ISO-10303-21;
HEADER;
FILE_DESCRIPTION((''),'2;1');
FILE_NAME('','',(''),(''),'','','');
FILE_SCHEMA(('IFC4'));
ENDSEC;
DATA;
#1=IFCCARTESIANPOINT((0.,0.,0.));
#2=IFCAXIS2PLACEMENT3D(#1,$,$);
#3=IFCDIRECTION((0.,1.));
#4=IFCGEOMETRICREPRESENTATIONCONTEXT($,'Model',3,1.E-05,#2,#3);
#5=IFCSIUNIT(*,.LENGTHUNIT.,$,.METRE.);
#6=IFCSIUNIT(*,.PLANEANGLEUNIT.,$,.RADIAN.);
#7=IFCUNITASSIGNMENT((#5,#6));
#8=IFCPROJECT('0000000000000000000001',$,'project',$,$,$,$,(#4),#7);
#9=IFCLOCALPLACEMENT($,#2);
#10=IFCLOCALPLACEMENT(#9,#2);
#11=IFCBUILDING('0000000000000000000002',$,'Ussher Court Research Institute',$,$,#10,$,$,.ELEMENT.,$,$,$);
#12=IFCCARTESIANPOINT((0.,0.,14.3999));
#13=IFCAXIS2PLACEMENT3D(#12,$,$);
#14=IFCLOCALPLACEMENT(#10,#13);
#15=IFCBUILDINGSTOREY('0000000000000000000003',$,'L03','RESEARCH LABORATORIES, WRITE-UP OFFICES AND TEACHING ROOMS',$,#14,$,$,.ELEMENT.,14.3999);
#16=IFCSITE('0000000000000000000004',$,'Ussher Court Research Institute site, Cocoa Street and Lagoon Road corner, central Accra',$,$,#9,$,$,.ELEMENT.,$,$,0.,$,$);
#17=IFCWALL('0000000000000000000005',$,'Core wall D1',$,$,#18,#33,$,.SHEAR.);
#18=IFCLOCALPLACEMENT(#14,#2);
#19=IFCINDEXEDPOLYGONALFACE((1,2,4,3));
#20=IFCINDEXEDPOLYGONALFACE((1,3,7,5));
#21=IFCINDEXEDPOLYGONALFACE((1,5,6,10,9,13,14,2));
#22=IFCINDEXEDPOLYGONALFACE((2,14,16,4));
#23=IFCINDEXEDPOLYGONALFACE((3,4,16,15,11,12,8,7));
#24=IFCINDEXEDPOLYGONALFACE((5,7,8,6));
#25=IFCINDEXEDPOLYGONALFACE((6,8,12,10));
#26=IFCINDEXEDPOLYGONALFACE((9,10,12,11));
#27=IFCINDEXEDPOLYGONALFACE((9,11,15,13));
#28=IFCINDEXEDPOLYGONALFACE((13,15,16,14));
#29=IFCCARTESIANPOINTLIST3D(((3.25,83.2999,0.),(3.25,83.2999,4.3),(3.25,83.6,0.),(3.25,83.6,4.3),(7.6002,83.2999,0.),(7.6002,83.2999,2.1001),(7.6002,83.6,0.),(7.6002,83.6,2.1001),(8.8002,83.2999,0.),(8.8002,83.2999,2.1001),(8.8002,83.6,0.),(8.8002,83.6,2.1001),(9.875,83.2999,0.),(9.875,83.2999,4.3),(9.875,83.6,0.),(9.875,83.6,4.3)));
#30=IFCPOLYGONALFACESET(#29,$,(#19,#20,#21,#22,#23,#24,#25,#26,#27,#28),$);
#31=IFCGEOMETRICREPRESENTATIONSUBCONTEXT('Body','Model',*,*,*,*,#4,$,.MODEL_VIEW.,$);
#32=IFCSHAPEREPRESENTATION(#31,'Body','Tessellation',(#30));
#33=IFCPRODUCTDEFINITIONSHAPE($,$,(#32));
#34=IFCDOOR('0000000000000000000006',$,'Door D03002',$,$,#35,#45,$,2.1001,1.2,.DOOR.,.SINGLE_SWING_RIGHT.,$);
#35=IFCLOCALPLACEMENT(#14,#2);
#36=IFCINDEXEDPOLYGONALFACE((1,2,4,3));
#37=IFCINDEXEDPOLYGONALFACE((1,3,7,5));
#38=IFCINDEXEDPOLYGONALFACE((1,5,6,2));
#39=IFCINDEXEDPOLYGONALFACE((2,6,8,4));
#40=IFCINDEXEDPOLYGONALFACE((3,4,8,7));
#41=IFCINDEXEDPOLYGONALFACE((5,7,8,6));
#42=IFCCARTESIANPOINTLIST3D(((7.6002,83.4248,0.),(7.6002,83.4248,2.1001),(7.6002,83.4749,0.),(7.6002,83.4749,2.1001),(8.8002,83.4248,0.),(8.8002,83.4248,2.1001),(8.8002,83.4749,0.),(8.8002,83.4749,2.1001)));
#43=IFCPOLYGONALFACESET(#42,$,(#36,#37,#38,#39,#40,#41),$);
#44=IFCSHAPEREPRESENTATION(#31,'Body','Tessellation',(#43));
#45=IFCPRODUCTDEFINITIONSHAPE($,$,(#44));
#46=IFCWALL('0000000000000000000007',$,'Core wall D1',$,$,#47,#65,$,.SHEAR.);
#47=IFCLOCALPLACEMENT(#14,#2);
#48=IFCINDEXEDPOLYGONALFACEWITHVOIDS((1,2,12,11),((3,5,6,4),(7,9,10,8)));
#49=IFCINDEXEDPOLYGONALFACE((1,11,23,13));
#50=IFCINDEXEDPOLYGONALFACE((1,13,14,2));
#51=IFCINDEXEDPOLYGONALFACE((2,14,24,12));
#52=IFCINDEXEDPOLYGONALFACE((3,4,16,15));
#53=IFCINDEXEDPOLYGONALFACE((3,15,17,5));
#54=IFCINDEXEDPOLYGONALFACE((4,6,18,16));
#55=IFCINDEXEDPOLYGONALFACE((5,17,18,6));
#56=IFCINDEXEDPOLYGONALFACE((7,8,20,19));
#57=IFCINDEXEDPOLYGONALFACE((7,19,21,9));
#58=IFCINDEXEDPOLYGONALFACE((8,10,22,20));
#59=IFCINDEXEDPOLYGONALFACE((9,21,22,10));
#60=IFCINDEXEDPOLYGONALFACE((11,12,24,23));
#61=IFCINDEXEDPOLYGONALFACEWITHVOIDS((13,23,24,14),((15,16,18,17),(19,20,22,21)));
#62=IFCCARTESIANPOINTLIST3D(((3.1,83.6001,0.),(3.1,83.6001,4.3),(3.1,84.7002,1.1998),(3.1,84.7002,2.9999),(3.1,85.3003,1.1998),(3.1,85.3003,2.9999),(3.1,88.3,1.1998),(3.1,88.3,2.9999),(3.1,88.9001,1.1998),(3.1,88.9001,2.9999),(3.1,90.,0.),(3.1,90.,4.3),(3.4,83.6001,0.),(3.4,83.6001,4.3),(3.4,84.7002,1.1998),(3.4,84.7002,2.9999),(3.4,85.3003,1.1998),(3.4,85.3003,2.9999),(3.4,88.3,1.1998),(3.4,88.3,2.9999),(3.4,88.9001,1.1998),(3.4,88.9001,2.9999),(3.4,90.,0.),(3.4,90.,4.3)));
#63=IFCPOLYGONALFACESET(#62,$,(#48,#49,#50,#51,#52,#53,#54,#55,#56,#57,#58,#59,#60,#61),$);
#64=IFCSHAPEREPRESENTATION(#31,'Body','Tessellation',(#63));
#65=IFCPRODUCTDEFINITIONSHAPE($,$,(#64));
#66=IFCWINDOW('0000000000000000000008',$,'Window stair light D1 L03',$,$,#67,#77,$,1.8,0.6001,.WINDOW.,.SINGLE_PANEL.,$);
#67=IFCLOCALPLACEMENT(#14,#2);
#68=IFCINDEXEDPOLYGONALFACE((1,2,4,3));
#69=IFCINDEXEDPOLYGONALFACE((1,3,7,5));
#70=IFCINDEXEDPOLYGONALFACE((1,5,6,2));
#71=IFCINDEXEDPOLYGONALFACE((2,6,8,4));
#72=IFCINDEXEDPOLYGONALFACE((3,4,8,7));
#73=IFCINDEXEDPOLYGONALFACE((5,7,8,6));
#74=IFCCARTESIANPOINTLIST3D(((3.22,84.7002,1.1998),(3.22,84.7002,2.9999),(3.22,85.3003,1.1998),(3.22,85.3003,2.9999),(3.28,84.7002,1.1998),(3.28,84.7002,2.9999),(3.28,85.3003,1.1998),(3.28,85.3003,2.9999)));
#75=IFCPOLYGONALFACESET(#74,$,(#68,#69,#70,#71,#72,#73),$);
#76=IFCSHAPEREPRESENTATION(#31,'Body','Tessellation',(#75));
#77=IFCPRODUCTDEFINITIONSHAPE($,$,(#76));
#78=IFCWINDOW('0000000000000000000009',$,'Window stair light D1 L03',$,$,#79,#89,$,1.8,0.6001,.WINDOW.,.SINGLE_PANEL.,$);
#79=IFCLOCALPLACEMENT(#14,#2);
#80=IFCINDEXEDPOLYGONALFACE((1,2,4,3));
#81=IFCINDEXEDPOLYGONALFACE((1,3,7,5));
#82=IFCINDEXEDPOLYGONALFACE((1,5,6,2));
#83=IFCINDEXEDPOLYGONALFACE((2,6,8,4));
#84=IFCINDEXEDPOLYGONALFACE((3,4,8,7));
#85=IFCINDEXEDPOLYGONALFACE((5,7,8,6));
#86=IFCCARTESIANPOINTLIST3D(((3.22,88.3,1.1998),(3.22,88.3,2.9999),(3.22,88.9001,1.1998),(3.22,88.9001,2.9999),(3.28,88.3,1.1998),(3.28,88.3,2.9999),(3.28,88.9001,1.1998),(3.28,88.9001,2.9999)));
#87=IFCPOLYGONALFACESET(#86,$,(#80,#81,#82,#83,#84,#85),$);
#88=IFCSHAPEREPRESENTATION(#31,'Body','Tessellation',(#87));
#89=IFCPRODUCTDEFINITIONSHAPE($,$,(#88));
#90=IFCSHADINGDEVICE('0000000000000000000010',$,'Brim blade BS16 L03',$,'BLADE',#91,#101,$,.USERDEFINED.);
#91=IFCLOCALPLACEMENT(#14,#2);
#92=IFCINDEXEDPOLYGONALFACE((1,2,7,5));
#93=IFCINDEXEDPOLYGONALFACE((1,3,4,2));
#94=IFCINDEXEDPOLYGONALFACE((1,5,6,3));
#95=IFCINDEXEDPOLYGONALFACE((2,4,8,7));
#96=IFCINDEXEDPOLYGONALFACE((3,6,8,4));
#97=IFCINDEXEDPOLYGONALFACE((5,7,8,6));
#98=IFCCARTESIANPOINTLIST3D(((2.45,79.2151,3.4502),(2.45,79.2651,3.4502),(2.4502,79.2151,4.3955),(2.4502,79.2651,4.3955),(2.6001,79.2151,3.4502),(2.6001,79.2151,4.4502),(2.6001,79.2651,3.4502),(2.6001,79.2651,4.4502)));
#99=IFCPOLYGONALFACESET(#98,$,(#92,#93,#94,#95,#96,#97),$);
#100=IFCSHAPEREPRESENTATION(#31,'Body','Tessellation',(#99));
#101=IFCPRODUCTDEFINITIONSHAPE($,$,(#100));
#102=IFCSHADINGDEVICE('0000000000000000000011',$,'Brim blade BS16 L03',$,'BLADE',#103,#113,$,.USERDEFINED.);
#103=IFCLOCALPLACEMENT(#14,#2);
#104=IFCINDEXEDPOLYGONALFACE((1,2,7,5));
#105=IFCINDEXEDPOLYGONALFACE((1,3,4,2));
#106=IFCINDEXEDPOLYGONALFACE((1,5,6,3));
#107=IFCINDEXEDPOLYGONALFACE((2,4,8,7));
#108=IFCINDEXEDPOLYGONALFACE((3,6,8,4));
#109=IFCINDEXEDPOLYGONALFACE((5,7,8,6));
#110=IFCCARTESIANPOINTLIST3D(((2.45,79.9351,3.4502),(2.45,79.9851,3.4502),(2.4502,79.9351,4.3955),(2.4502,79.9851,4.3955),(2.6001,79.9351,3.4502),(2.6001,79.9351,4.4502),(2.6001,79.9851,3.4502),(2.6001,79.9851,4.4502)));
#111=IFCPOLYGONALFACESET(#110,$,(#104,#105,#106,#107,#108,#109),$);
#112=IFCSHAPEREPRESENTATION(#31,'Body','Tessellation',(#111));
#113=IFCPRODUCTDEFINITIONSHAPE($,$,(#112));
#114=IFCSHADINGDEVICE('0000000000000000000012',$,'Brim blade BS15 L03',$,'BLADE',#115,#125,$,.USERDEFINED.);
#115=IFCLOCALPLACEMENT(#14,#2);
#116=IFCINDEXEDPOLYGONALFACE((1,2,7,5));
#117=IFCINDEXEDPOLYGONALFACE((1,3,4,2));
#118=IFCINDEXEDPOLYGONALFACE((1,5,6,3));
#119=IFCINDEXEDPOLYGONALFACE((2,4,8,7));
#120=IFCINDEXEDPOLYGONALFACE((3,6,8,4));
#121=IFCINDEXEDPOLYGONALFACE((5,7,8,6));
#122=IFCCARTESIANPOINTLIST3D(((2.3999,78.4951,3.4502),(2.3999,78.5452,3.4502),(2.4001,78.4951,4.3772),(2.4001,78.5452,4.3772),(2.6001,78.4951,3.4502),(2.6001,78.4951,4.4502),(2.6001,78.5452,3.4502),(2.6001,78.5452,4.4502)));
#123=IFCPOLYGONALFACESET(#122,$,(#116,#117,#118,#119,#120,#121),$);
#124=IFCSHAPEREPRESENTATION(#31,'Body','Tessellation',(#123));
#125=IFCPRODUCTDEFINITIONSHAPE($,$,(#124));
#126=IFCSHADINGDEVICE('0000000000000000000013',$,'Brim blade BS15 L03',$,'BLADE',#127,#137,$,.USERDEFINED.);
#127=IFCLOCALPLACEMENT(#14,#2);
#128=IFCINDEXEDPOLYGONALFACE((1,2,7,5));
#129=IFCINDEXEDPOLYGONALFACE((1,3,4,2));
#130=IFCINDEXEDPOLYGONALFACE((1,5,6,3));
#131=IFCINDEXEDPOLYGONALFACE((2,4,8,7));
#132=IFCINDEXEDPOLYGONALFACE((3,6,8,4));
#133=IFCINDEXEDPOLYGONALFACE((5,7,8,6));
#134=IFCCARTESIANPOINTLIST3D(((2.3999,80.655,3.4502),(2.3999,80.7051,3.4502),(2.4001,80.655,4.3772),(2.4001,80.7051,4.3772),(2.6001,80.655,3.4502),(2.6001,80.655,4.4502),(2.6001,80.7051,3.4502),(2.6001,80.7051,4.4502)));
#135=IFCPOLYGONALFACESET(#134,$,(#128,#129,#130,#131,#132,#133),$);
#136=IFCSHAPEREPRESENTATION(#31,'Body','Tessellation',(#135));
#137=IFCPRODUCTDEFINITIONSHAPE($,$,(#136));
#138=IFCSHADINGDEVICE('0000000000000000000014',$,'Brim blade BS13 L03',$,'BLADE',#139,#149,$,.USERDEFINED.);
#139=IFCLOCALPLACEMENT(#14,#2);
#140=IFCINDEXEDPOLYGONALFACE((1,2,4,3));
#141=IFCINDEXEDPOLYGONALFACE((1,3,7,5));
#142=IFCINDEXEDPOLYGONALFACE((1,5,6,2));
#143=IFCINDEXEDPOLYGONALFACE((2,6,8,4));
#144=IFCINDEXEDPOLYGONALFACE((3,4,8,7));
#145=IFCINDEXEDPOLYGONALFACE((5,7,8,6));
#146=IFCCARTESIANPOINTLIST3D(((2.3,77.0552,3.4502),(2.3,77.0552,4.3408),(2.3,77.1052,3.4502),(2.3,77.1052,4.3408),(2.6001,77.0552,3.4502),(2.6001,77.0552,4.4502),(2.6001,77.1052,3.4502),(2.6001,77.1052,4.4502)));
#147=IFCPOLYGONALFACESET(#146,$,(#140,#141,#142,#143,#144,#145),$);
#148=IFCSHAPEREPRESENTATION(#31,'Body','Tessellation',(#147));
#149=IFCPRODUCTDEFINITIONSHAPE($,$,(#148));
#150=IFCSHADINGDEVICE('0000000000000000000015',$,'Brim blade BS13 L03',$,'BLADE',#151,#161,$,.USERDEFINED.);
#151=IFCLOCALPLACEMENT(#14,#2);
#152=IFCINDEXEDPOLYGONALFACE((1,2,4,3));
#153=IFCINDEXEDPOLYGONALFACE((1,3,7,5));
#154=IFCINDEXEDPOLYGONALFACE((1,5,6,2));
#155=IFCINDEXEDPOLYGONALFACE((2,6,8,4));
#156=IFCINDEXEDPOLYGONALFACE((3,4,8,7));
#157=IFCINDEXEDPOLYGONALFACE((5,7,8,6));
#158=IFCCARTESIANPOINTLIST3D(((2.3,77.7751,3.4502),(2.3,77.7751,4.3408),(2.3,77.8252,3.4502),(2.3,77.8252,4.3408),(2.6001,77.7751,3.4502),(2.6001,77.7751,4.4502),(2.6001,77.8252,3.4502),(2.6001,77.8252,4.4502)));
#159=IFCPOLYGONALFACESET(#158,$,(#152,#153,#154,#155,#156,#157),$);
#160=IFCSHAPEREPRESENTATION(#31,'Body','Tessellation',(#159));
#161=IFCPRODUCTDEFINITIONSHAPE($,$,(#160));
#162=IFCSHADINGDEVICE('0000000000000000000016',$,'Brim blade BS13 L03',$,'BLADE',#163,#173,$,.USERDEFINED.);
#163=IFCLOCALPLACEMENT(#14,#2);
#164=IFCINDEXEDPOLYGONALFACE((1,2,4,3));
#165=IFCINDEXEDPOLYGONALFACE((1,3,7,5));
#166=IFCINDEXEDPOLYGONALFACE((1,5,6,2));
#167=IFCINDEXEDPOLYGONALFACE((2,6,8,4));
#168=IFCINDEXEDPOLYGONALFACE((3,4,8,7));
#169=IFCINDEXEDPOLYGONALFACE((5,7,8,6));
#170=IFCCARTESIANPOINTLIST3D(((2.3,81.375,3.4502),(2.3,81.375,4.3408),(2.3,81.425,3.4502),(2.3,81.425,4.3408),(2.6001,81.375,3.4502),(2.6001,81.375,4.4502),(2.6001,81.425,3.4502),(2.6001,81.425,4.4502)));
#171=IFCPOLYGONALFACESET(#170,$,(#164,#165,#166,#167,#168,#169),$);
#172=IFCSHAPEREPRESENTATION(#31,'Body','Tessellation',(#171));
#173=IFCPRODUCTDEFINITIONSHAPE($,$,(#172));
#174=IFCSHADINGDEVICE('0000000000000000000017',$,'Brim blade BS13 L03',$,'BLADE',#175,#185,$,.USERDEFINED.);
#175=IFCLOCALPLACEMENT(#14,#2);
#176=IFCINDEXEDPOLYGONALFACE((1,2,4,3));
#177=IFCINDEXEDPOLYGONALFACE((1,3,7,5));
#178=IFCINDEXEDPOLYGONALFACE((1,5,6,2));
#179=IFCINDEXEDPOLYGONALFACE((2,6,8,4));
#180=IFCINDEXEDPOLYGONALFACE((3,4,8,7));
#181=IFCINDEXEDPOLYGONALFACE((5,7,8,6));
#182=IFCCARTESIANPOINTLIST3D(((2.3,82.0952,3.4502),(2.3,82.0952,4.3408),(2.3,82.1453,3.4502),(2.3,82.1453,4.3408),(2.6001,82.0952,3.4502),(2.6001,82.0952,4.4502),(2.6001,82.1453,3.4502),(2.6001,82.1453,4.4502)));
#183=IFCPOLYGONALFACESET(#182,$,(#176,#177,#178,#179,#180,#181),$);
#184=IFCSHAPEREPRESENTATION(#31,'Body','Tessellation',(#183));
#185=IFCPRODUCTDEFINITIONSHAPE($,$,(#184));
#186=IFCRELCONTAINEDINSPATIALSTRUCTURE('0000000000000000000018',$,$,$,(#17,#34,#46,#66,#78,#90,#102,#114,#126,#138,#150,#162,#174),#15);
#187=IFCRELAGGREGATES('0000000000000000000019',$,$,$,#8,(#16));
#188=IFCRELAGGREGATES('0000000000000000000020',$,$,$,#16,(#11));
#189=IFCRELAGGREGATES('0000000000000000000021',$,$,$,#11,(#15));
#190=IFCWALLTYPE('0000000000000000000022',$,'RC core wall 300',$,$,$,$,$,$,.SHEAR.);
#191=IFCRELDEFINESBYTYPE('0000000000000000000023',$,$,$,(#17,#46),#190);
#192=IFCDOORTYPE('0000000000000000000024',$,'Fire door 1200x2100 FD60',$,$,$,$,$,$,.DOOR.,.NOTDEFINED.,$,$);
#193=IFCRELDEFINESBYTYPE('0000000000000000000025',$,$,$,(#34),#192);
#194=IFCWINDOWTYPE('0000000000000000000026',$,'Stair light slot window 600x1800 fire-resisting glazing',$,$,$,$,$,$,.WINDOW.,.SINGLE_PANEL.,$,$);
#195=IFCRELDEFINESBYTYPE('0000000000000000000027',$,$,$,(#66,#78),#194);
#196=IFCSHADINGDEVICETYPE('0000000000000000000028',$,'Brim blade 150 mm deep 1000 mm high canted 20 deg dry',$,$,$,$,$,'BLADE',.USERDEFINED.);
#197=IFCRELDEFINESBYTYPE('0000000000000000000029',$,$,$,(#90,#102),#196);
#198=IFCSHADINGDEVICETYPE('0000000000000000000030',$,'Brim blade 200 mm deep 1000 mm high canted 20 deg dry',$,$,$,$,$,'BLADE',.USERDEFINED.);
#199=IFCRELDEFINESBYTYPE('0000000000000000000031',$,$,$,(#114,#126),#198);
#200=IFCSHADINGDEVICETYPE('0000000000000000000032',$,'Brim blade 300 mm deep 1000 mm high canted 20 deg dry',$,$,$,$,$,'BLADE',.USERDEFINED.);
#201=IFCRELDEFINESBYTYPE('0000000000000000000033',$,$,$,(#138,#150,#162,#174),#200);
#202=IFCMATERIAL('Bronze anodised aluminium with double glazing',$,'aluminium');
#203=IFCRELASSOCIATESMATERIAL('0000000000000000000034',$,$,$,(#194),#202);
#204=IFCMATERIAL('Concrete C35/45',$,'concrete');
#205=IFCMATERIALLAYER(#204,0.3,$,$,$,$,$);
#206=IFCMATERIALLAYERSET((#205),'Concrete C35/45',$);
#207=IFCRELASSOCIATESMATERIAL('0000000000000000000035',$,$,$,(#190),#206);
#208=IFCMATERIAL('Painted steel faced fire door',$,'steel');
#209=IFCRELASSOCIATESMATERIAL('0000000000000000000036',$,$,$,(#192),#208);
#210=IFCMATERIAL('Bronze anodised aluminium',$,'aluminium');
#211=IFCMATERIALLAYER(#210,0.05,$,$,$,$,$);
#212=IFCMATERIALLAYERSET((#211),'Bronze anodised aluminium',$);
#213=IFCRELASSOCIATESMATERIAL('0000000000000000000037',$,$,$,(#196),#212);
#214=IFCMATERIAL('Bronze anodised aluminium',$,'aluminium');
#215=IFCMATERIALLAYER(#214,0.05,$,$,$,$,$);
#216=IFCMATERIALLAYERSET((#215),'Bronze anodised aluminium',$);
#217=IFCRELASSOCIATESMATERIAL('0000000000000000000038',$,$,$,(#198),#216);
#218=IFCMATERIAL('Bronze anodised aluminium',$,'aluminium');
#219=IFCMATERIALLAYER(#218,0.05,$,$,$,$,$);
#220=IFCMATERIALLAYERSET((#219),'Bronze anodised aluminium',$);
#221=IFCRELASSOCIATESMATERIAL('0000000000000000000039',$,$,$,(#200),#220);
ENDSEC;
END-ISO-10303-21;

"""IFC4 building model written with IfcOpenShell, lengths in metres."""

from ifc_helpers import new_model, si_unit, direction, frame, frame_2d, origin, place, context, subcontext, project, spatial, polyline, rectangle, outline, extrude, material, layer, layer_set, type_object, element, fill, save


model = new_model("IFC4")

# Units and contexts
model_context = context("Model", 3, precision=1e-05, world=origin(), true_north=direction((0.0, 1.0)))
body_context = subcontext(model_context, "Body", "Model", "MODEL_VIEW")
ifc_project = project(units=[si_unit("LENGTHUNIT", "METRE"), si_unit("PLANEANGLEUNIT", "RADIAN")], contexts=[model_context])

# Site, building, storey
site_placement = place(None, origin())
site = spatial("IfcSite", under=ifc_project, at=site_placement, Name="Ussher Court Research Institute site, Cocoa Street and Lagoon Road corner, central Accra", CompositionType="ELEMENT", RefElevation=0.0)
building_placement = place(site_placement, origin())
building = spatial("IfcBuilding", under=site, at=building_placement, Name="Ussher Court Research Institute", CompositionType="ELEMENT")
storey_placement = place(building_placement, frame((0.0, 0.0, 14.3999)))
storey = spatial("IfcBuildingStorey", under=building, at=storey_placement, Name="L03", Description="RESEARCH LABORATORIES, WRITE-UP OFFICES AND TEACHING ROOMS", CompositionType="ELEMENT", Elevation=14.3999)

# Shared definitions
ifc_material_1 = material(Name="Bronze anodised aluminium with double glazing", Category="aluminium")
window_type_1 = type_object("IfcWindowType", Name="Stair light slot window 600x1800 fire-resisting glazing", PartitioningType="SINGLE_PANEL", PredefinedType="WINDOW", material=ifc_material_1)

# Wall, opening, door
ifc_material_2 = material(Name="Concrete C35/45", Category="concrete")
ifc_layer_1 = layer(ifc_material_2, 0.3)
ifc_layer_set_1 = layer_set([ifc_layer_1], Name="Concrete C35/45")
wall_type_1 = type_object("IfcWallType", Name="RC core wall 300", PredefinedType="SHEAR", material=ifc_layer_set_1)
wall_1_placement = place(storey_placement, frame((3.25, 83.45, 0.0), z_axis=(0.0, 0.0, 1.0), x_axis=(1.0, 0.0, 0.0)))
wall_1 = element("IfcWall", 1, at=wall_1_placement, inside=storey, type_object=wall_type_1, Name="Core wall D1", PredefinedType="SHEAR", context=body_context, shape_type="SweptSolid", body=[
    extrude(rectangle(XDim=6.625, YDim=0.3, at=frame_2d((3.3125, 0.0))), origin(), (0.0, 0.0, 1.0), 4.3),
])
opening_1_placement = place(wall_1_placement, frame((4.3501, 0.0, 0.0)))
opening_1 = element("IfcOpeningElement", 2, at=opening_1_placement, cuts=wall_1, PredefinedType="OPENING", context=body_context, shape_type="SweptSolid", body=[
    extrude(rectangle(XDim=1.2, YDim=2.1001, at=frame_2d((0.6001, 1.05))), frame((0.0, 0.1602, 0.0), z_axis=(0.0, -1.0, 0.0), x_axis=(1.0, 0.0, 0.0)), (0.0, 0.0, 1.0), 0.3201),
])
ifc_material_3 = material(Name="Painted steel faced fire door", Category="steel")
door_type = type_object("IfcDoorType", Name="Fire door 1200x2100 FD60", OperationType="NOTDEFINED", PredefinedType="DOOR", material=ifc_material_3)
door_placement = place(opening_1_placement, origin())
door = element("IfcDoor", 3, at=door_placement, inside=storey, type_object=door_type, Name="Door D03002", OperationType="SINGLE_SWING_RIGHT", OverallHeight=2.1001, OverallWidth=1.2, PredefinedType="DOOR", context=body_context, shape_type="SweptSolid", body=[
    extrude(rectangle(XDim=1.2, YDim=2.1001, at=frame_2d((0.6001, 1.05))), frame((0.0, 0.0249, 0.0), z_axis=(0.0, -1.0, 0.0), x_axis=(1.0, 0.0, 0.0)), (0.0, 0.0, 1.0), 0.05),
])
fill(opening_1, door)

# Wall, openings, windows
wall_2_placement = place(storey_placement, frame((3.25, 83.6001, 0.0), z_axis=(0.0, 0.0, 1.0), x_axis=(0.0, 1.0, 0.0)))
wall_2 = element("IfcWall", 4, at=wall_2_placement, inside=storey, type_object=wall_type_1, Name="Core wall D1", PredefinedType="SHEAR", context=body_context, shape_type="SweptSolid", body=[
    extrude(rectangle(XDim=6.3999, YDim=0.3, at=frame_2d((3.2, 0.0))), origin(), (0.0, 0.0, 1.0), 4.3),
])
opening_2_placement = place(wall_2_placement, frame((1.1001, 0.0, 1.2)))
opening_2 = element("IfcOpeningElement", 5, at=opening_2_placement, cuts=wall_2, PredefinedType="OPENING", context=body_context, shape_type="SweptSolid", body=[
    extrude(rectangle(XDim=0.6001, YDim=1.8, at=frame_2d((0.3, 0.8999))), frame((0.0, 0.1602, 0.0), z_axis=(0.0, -1.0, 0.0), x_axis=(1.0, 0.0, 0.0)), (0.0, 0.0, 1.0), 0.3201),
])
opening_3_placement = place(wall_2_placement, frame((4.7, 0.0, 1.2)))
opening_3 = element("IfcOpeningElement", 6, at=opening_3_placement, cuts=wall_2, PredefinedType="OPENING", context=body_context, shape_type="SweptSolid", body=[
    extrude(rectangle(XDim=0.6001, YDim=1.8, at=frame_2d((0.3, 0.8999))), frame((0.0, 0.1602, 0.0), z_axis=(0.0, -1.0, 0.0), x_axis=(1.0, 0.0, 0.0)), (0.0, 0.0, 1.0), 0.3201),
])
window_1_placement = place(opening_2_placement, origin())
window_1 = element("IfcWindow", 7, at=window_1_placement, inside=storey, type_object=window_type_1, Name="Window stair light D1 L03", OverallHeight=1.8, OverallWidth=0.6001, PartitioningType="SINGLE_PANEL", PredefinedType="WINDOW", context=body_context, shape_type="SweptSolid", body=[
    extrude(rectangle(XDim=0.6001, YDim=1.8, at=frame_2d((0.3, 0.8999))), frame((0.0, 0.03, 0.0), z_axis=(0.0, -1.0, 0.0), x_axis=(1.0, 0.0, 0.0)), (0.0, 0.0, 1.0), 0.0601),
])
fill(opening_2, window_1)
window_2_placement = place(opening_3_placement, origin())
window_2 = element("IfcWindow", 8, at=window_2_placement, inside=storey, type_object=window_type_1, Name="Window stair light D1 L03", OverallHeight=1.8, OverallWidth=0.6001, PartitioningType="SINGLE_PANEL", PredefinedType="WINDOW", context=body_context, shape_type="SweptSolid", body=[
    extrude(rectangle(XDim=0.6001, YDim=1.8, at=frame_2d((0.3, 0.8999))), frame((0.0, 0.03, 0.0), z_axis=(0.0, -1.0, 0.0), x_axis=(1.0, 0.0, 0.0)), (0.0, 0.0, 1.0), 0.0601),
])
fill(opening_3, window_2)

# Shading devices
ifc_material_4 = material(Name="Bronze anodised aluminium", Category="aluminium")
ifc_layer_2 = layer(ifc_material_4, 0.05)
ifc_layer_set_2 = layer_set([ifc_layer_2], Name="Bronze anodised aluminium")
shading_device_type_1 = type_object("IfcShadingDeviceType", Name="Brim blade 150 mm deep 1000 mm high canted 20 deg dry", ElementType="BLADE", PredefinedType="USERDEFINED", material=ifc_layer_set_2)
for number, where, z_axis, x_axis, name in (
    (9, (2.6001, 79.24, 3.4502), (0.0, 0.0, 1.0), (-1.0, 0.0, 0.0), "Brim blade BS16 L03"),
    (10, (2.6001, 79.96, 3.4502), (0.0, 0.0, 1.0), (-1.0, 0.0, 0.0), "Brim blade BS16 L03"),
):
    element("IfcShadingDevice", number, at=place(storey_placement, frame(where, z_axis=z_axis, x_axis=x_axis)), inside=storey, type_object=shading_device_type_1, Name=name, ObjectType="BLADE", PredefinedType="USERDEFINED", context=body_context, shape_type="SweptSolid", body=[
        extrude(outline(polyline([(0.0, 0.0), (0.1501, 0.0), (0.1499, 0.9453), (0.0, 1.0), (0.0, 0.0)])), frame((0.0, 0.0249, 0.0), z_axis=(0.0, -1.0, 0.0), x_axis=(1.0, 0.0, 0.0)), (0.0, 0.0, 1.0), 0.05),
    ])
ifc_material_5 = material(Name="Bronze anodised aluminium", Category="aluminium")
ifc_layer_3 = layer(ifc_material_5, 0.05)
ifc_layer_set_3 = layer_set([ifc_layer_3], Name="Bronze anodised aluminium")
shading_device_type_2 = type_object("IfcShadingDeviceType", Name="Brim blade 200 mm deep 1000 mm high canted 20 deg dry", ElementType="BLADE", PredefinedType="USERDEFINED", material=ifc_layer_set_3)
for number, where, z_axis, x_axis, name in (
    (11, (2.6001, 78.52, 3.4502), (0.0, 0.0, 1.0), (-1.0, 0.0, 0.0), "Brim blade BS15 L03"),
    (12, (2.6001, 80.6799, 3.4502), (0.0, 0.0, 1.0), (-1.0, 0.0, 0.0), "Brim blade BS15 L03"),
):
    element("IfcShadingDevice", number, at=place(storey_placement, frame(where, z_axis=z_axis, x_axis=x_axis)), inside=storey, type_object=shading_device_type_2, Name=name, ObjectType="BLADE", PredefinedType="USERDEFINED", context=body_context, shape_type="SweptSolid", body=[
        extrude(outline(polyline([(0.0, 0.0), (0.2002, 0.0), (0.2, 0.927), (0.0, 1.0), (0.0, 0.0)])), frame((0.0, 0.0249, 0.0), z_axis=(0.0, -1.0, 0.0), x_axis=(1.0, 0.0, 0.0)), (0.0, 0.0, 1.0), 0.05),
    ])
ifc_material_6 = material(Name="Bronze anodised aluminium", Category="aluminium")
ifc_layer_4 = layer(ifc_material_6, 0.05)
ifc_layer_set_4 = layer_set([ifc_layer_4], Name="Bronze anodised aluminium")
shading_device_type_3 = type_object("IfcShadingDeviceType", Name="Brim blade 300 mm deep 1000 mm high canted 20 deg dry", ElementType="BLADE", PredefinedType="USERDEFINED", material=ifc_layer_set_4)
for number, where, z_axis, x_axis, name in (
    (13, (2.6001, 77.0801, 3.4502), (0.0, 0.0, 1.0), (-1.0, 0.0, 0.0), "Brim blade BS13 L03"),
    (14, (2.6001, 77.8, 3.4502), (0.0, 0.0, 1.0), (-1.0, 0.0, 0.0), "Brim blade BS13 L03"),
    (15, (2.6001, 81.3999, 3.4502), (0.0, 0.0, 1.0), (-1.0, 0.0, 0.0), "Brim blade BS13 L03"),
    (16, (2.6001, 82.1201, 3.4502), (0.0, 0.0, 1.0), (-1.0, 0.0, 0.0), "Brim blade BS13 L03"),
):
    element("IfcShadingDevice", number, at=place(storey_placement, frame(where, z_axis=z_axis, x_axis=x_axis)), inside=storey, type_object=shading_device_type_3, Name=name, ObjectType="BLADE", PredefinedType="USERDEFINED", context=body_context, shape_type="SweptSolid", body=[
        extrude(outline(polyline([(0.0, 0.0), (0.3, 0.0), (0.3, 0.8906), (0.0, 1.0), (0.0, 0.0)])), frame((0.0, 0.0249, 0.0), z_axis=(0.0, -1.0, 0.0), x_axis=(1.0, 0.0, 0.0)), (0.0, 0.0, 1.0), 0.05),
    ])

save(model, "model.ifc")
